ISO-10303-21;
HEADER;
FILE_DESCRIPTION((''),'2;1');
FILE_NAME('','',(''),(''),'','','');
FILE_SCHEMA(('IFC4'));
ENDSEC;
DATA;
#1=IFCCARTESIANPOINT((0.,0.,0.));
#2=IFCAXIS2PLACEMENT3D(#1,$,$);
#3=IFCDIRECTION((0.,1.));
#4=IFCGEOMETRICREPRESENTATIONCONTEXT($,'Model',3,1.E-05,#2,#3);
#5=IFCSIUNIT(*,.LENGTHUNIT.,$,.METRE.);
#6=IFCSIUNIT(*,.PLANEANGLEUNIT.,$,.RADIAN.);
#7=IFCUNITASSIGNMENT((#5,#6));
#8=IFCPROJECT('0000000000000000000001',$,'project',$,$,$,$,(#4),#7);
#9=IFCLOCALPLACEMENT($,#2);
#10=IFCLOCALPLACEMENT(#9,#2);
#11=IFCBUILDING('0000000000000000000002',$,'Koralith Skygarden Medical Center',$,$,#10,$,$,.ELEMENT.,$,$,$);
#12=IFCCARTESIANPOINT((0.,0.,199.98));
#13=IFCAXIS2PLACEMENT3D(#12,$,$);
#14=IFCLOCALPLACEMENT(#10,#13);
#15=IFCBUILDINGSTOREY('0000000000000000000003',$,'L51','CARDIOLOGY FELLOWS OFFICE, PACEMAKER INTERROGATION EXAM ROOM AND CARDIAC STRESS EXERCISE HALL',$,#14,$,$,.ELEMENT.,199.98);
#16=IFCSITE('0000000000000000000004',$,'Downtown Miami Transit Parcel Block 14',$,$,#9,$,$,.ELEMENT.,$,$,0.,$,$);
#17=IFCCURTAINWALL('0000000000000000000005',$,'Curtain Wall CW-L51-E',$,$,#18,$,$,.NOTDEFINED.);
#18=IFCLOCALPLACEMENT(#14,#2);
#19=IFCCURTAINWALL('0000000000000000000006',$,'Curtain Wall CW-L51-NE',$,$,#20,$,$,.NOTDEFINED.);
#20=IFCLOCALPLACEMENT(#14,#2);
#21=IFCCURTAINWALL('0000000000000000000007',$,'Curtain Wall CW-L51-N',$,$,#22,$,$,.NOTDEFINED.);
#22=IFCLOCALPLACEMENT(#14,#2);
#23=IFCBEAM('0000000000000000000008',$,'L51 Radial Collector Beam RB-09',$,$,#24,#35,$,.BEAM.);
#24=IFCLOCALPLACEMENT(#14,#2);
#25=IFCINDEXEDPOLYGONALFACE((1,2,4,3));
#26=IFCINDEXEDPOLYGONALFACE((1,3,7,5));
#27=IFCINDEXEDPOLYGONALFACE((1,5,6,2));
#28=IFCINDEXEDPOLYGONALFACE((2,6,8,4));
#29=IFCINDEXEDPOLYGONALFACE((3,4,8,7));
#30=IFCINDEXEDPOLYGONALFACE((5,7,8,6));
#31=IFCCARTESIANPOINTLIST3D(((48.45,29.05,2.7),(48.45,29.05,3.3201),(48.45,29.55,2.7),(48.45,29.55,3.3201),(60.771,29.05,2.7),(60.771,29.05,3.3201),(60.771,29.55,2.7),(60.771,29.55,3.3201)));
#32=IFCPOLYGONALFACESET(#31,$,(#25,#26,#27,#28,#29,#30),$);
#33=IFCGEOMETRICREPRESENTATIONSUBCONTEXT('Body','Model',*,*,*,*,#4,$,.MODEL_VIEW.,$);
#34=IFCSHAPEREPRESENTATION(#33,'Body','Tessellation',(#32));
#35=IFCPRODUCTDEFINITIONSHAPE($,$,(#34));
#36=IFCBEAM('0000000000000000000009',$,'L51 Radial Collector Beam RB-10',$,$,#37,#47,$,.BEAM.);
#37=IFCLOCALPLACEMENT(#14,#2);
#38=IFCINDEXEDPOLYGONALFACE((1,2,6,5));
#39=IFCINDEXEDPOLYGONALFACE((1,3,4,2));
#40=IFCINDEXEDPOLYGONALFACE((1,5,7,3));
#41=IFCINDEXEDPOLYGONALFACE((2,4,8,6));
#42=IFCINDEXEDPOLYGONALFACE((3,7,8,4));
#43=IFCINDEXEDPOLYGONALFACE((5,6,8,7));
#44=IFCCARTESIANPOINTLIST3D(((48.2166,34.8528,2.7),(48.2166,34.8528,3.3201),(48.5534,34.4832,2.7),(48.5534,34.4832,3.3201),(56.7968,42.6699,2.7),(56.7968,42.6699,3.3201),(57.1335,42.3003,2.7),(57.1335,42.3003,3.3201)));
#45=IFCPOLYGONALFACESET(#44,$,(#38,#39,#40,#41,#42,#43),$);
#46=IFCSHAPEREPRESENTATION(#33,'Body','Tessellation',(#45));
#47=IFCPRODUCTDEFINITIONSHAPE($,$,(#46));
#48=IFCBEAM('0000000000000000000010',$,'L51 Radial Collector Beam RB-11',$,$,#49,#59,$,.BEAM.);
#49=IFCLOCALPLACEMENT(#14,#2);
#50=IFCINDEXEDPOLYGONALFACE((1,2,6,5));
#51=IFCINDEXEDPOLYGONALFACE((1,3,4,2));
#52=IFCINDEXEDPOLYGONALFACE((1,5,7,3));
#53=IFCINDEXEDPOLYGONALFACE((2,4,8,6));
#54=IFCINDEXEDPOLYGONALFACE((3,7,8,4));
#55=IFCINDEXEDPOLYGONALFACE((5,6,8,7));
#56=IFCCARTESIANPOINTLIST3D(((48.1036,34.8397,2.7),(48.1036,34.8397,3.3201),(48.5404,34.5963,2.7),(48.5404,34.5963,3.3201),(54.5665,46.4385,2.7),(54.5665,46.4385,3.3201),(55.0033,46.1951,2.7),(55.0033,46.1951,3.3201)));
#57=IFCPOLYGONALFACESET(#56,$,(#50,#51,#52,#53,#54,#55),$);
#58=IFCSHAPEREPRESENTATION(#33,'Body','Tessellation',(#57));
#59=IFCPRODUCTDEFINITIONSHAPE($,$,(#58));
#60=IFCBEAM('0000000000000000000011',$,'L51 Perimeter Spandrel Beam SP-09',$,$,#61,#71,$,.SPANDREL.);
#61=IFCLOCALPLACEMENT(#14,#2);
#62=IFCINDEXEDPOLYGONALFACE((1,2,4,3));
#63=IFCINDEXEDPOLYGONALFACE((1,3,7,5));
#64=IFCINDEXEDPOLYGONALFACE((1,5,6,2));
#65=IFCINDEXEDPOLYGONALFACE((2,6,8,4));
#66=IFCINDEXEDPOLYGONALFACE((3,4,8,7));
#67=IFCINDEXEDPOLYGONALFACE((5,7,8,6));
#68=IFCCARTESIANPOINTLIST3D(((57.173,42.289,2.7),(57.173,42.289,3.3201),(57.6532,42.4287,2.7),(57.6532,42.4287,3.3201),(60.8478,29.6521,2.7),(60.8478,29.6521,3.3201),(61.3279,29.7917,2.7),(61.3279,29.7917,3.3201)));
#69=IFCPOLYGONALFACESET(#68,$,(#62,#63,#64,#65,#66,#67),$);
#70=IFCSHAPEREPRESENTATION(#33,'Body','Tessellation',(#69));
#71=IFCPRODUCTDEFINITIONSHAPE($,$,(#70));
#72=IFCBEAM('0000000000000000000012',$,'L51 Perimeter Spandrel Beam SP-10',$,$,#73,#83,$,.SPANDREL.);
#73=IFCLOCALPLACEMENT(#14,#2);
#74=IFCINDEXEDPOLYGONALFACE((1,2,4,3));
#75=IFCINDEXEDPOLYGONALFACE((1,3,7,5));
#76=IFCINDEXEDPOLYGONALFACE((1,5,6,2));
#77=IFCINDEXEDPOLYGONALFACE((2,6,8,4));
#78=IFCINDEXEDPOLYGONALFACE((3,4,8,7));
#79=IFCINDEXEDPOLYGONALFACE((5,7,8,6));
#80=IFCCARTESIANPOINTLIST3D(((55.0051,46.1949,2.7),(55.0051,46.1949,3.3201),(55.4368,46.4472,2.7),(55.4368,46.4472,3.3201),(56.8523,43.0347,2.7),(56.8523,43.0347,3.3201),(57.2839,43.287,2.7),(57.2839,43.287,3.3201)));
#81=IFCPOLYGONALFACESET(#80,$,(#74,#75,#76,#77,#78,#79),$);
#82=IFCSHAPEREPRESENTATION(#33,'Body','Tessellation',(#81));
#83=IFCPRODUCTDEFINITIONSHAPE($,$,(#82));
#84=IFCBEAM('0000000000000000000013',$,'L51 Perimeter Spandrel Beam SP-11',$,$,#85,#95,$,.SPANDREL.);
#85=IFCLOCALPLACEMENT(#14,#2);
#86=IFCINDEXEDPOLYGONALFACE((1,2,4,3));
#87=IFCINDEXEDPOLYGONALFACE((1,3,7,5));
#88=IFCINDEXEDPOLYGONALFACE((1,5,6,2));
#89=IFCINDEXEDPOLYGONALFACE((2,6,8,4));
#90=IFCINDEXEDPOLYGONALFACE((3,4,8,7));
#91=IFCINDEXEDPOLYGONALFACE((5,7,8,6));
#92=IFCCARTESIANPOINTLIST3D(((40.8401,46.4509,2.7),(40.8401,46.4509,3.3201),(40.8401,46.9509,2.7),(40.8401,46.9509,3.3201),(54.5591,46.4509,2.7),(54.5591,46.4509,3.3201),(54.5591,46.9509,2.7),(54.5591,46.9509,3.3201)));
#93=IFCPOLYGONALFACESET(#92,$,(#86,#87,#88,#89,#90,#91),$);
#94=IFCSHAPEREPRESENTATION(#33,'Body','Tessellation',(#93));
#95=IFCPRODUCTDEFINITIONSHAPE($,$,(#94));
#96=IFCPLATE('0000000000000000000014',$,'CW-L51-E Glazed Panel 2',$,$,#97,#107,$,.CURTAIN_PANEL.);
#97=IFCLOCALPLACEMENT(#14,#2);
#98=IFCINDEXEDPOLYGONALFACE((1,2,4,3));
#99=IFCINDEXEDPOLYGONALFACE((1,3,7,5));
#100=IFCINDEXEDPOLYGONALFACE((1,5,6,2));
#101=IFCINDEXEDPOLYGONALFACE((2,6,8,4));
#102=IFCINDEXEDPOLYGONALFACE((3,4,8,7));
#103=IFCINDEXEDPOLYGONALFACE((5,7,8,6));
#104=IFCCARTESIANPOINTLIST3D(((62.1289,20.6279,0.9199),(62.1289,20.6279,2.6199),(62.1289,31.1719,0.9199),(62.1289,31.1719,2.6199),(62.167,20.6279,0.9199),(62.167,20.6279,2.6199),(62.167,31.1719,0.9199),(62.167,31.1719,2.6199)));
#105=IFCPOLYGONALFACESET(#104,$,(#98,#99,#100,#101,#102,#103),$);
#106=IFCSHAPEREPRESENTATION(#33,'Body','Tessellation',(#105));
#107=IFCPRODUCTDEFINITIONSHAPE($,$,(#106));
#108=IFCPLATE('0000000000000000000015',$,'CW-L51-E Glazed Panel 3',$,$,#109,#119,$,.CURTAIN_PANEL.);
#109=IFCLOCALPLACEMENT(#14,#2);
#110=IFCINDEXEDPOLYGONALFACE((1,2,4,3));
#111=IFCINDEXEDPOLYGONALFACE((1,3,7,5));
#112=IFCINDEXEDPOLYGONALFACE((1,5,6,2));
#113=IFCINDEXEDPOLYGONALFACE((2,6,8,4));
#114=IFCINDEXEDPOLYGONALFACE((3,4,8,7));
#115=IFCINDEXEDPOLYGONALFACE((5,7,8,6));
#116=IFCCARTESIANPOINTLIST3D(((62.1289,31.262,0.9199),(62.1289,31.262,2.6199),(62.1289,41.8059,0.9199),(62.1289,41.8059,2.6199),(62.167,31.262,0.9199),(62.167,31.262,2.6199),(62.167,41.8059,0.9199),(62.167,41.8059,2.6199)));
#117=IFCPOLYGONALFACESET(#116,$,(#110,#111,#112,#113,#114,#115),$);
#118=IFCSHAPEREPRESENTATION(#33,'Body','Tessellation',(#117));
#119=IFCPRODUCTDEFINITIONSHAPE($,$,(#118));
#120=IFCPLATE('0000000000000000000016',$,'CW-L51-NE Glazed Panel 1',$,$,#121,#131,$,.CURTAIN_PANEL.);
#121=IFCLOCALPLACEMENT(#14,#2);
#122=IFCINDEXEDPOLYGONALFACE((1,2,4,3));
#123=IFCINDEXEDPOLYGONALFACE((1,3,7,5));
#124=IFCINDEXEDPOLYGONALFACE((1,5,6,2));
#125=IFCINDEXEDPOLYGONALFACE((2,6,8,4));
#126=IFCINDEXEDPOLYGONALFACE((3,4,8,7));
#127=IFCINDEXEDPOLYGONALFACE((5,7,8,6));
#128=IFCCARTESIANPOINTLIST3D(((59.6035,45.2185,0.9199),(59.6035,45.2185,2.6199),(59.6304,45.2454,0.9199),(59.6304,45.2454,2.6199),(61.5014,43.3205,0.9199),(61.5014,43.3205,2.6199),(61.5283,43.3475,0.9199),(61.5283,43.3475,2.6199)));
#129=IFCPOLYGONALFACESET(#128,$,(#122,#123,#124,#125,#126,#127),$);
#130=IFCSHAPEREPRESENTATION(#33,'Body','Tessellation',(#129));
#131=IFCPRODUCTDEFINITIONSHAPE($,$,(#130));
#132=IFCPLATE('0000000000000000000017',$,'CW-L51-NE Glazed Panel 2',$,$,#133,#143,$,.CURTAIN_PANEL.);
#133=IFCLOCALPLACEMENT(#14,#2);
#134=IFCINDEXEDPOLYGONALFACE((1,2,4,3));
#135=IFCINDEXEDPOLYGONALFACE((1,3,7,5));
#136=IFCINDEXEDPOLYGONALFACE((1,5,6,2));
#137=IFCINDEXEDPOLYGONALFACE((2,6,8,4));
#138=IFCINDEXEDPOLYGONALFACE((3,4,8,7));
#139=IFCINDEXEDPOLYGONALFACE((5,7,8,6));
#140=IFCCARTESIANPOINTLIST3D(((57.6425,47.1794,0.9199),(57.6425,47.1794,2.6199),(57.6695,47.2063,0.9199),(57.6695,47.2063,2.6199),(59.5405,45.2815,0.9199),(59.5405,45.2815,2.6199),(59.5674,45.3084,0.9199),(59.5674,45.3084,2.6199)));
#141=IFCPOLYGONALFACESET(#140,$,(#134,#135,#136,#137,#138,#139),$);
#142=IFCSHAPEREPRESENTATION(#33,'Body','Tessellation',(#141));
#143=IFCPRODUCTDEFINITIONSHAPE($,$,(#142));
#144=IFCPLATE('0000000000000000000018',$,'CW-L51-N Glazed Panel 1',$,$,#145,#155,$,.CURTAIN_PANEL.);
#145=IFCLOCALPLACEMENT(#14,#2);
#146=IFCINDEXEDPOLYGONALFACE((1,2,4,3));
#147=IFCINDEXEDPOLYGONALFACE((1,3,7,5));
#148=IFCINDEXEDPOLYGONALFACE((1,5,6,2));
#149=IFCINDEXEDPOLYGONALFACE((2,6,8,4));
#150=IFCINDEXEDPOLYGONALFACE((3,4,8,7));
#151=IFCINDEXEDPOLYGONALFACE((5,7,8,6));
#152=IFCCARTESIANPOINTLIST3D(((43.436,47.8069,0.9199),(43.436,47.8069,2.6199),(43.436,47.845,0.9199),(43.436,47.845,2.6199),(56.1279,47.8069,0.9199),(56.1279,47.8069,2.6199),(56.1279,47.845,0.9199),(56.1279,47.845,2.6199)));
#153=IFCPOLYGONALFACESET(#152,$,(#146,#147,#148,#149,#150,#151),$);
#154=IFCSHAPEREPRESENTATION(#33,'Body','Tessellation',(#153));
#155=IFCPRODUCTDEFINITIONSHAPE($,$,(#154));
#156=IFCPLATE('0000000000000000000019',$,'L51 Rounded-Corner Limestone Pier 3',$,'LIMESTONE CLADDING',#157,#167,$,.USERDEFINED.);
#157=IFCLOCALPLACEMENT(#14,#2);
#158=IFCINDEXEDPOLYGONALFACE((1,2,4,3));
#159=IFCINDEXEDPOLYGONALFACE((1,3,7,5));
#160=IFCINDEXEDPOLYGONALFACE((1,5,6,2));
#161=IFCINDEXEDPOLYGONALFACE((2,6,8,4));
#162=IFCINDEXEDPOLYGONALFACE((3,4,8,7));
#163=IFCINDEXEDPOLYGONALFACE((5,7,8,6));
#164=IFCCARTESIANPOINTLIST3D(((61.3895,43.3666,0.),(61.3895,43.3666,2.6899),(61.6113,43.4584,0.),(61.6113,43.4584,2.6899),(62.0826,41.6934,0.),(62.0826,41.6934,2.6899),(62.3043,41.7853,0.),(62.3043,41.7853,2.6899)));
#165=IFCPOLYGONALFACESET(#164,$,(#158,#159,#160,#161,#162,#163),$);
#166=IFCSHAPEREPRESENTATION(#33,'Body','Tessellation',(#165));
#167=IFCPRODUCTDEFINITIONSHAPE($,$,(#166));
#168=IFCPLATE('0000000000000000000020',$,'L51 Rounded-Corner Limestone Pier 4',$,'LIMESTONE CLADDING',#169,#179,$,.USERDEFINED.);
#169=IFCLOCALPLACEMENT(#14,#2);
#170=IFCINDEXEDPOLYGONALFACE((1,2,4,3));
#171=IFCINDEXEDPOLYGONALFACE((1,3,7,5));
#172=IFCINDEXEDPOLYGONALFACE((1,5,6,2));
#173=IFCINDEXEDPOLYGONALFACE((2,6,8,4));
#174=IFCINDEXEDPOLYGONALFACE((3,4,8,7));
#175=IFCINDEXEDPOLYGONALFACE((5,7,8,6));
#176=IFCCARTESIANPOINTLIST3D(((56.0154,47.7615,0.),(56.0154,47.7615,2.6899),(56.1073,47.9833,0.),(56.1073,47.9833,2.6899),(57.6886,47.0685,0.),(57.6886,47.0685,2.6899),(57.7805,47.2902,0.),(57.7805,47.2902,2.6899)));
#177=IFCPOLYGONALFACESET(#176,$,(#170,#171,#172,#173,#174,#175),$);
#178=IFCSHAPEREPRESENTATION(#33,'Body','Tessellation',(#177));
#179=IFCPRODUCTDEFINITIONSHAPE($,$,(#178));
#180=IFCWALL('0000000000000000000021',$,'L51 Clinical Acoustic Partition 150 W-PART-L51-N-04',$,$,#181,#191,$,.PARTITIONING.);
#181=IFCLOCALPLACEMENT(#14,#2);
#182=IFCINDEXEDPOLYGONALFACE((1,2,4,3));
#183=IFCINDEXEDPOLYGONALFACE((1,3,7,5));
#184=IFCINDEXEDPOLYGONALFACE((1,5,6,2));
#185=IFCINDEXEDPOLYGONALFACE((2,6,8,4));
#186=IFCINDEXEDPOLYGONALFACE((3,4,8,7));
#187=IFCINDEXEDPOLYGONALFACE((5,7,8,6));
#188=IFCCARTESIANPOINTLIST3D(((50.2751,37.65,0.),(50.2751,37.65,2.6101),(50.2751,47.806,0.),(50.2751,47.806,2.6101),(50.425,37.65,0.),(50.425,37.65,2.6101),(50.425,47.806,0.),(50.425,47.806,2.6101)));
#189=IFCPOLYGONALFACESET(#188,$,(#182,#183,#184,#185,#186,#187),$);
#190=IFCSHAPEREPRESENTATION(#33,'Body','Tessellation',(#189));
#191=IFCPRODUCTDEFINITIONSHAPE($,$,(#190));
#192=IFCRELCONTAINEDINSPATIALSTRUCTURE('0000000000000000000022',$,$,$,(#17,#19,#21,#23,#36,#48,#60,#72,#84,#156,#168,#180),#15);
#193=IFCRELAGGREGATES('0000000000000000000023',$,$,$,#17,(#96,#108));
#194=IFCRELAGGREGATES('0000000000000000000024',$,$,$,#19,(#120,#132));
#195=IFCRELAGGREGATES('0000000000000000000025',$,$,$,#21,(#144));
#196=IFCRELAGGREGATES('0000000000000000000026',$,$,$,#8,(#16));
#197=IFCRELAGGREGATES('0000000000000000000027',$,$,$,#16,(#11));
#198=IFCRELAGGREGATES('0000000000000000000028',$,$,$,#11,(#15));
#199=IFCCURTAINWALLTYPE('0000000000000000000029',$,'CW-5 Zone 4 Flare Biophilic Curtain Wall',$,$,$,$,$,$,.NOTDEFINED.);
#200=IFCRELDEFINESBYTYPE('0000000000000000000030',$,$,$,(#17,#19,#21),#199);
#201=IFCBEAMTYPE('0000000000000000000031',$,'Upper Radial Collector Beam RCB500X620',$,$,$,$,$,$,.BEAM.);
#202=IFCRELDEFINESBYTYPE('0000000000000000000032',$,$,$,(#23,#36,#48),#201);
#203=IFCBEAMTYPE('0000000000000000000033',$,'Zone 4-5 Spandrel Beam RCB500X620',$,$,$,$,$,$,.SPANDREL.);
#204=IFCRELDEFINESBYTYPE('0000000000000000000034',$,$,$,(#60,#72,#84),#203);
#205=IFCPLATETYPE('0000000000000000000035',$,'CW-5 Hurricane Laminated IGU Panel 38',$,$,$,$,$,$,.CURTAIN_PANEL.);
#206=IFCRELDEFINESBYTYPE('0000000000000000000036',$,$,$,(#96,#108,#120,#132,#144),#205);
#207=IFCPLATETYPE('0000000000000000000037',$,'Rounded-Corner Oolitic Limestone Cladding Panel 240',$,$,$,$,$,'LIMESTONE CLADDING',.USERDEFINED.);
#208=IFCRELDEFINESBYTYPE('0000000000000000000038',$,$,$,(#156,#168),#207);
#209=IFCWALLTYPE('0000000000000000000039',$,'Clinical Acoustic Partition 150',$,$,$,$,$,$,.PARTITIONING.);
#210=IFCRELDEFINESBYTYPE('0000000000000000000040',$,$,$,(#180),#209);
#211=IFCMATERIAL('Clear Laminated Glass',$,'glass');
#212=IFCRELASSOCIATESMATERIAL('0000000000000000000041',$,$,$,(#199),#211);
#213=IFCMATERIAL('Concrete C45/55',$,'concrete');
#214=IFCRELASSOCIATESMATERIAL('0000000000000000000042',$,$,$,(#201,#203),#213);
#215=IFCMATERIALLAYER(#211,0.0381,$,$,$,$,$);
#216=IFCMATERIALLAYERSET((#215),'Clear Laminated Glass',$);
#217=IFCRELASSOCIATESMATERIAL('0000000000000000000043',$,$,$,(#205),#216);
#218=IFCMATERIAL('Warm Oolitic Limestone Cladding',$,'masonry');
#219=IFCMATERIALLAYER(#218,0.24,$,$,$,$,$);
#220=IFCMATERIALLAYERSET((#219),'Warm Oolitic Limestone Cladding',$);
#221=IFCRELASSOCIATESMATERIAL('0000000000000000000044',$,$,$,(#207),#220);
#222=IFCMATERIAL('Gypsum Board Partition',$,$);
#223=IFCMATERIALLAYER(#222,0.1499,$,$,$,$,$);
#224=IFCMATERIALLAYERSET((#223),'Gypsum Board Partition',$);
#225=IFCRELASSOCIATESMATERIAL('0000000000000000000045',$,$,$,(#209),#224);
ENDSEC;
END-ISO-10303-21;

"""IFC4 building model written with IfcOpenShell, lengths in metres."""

from ifc_helpers import new_model, si_unit, direction, frame, frame_2d, origin, origin_2d, place, context, subcontext, project, spatial, rectangle, extrude, material, layer, layer_set, material_profile, profile_set, type_object, element, aggregate, save


model = new_model("IFC4")

# Units and contexts
model_context = context("Model", 3, precision=1e-05, world=origin(), true_north=direction((0.0, 1.0)))
body_context = subcontext(model_context, "Body", "Model", "MODEL_VIEW")
ifc_project = project(units=[si_unit("LENGTHUNIT", "METRE"), si_unit("PLANEANGLEUNIT", "RADIAN")], contexts=[model_context])

# Site, building, storey
site_placement = place(None, origin())
site = spatial("IfcSite", under=ifc_project, at=site_placement, Name="Downtown Miami Transit Parcel Block 14", CompositionType="ELEMENT", RefElevation=0.0)
building_placement = place(site_placement, origin())
building = spatial("IfcBuilding", under=site, at=building_placement, Name="Koralith Skygarden Medical Center", CompositionType="ELEMENT")
storey_placement = place(building_placement, frame((0.0, 0.0, 199.98)))
storey = spatial("IfcBuildingStorey", under=building, at=storey_placement, Name="L51", Description="CARDIOLOGY FELLOWS OFFICE, PACEMAKER INTERROGATION EXAM ROOM AND CARDIAC STRESS EXERCISE HALL", CompositionType="ELEMENT", Elevation=199.98)

# Curtain walls
ifc_material_1 = material(Name="Clear Laminated Glass", Category="glass")
curtain_wall_type = type_object("IfcCurtainWallType", Name="CW-5 Zone 4 Flare Biophilic Curtain Wall", PredefinedType="NOTDEFINED", material=ifc_material_1)
curtain_wall_1_placement = place(storey_placement, origin())
curtain_wall_1 = element("IfcCurtainWall", 1, at=curtain_wall_1_placement, inside=storey, type_object=curtain_wall_type, Name="Curtain Wall CW-L51-E", PredefinedType="NOTDEFINED")
curtain_wall_2_placement = place(storey_placement, origin())
curtain_wall_2 = element("IfcCurtainWall", 2, at=curtain_wall_2_placement, inside=storey, type_object=curtain_wall_type, Name="Curtain Wall CW-L51-NE", PredefinedType="NOTDEFINED")

# Curtain wall
curtain_wall_3_placement = place(storey_placement, origin())
curtain_wall_3 = element("IfcCurtainWall", 3, at=curtain_wall_3_placement, inside=storey, type_object=curtain_wall_type, Name="Curtain Wall CW-L51-N", PredefinedType="NOTDEFINED")

# Beams
ifc_material_2 = material(Name="Concrete C45/55", Category="concrete")
ifc_material_profile_1 = material_profile(ifc_material_2, rectangle(XDim=0.5, YDim=0.6201, at=origin_2d()), Name="RCB500X620")
ifc_profile_set_1 = profile_set([ifc_material_profile_1], Name="Concrete C45/55")
beam_type_1 = type_object("IfcBeamType", Name="Upper Radial Collector Beam RCB500X620", PredefinedType="BEAM", material=ifc_profile_set_1)
beam_1_placement = place(storey_placement, frame((48.45, 29.3, 3.01), z_axis=(1.0, 0.0, 0.0), x_axis=(0.0, 1.0, 0.0)))
element("IfcBeam", 4, at=beam_1_placement, inside=storey, type_object=beam_type_1, Name="L51 Radial Collector Beam RB-09", PredefinedType="BEAM", context=body_context, shape_type="SweptSolid", body=[
    extrude(rectangle(XDim=0.5, YDim=0.6201, at=origin_2d()), origin(), (0.0, 0.0, 1.0), 12.321),
])
beam_2_placement = place(storey_placement, frame((48.385, 34.668, 3.01), z_axis=(0.739208, 0.673477, 0.0), x_axis=(-0.673477, 0.739208, 0.0)))
element("IfcBeam", 5, at=beam_2_placement, inside=storey, type_object=beam_type_1, Name="L51 Radial Collector Beam RB-10", PredefinedType="BEAM", context=body_context, shape_type="SweptSolid", body=[
    extrude(rectangle(XDim=0.5, YDim=0.6201, at=origin_2d()), origin(), (0.0, 0.0, 1.0), 11.6072),
])
beam_3_placement = place(storey_placement, frame((48.322, 34.718, 3.01), z_axis=(0.48674, 0.873547, 0.0), x_axis=(-0.873547, 0.48674, 0.0)))
element("IfcBeam", 6, at=beam_3_placement, inside=storey, type_object=beam_type_1, Name="L51 Radial Collector Beam RB-11", PredefinedType="BEAM", context=body_context, shape_type="SweptSolid", body=[
    extrude(rectangle(XDim=0.5, YDim=0.6201, at=origin_2d()), origin(), (0.0, 0.0, 1.0), 13.2778),
])
ifc_material_profile_2 = material_profile(ifc_material_2, rectangle(XDim=0.5, YDim=0.6201, at=origin_2d()), Name="RCB500X620")
ifc_profile_set_2 = profile_set([ifc_material_profile_2], Name="Concrete C45/55")
beam_type_2 = type_object("IfcBeamType", Name="Zone 4-5 Spandrel Beam RCB500X620", PredefinedType="SPANDREL", material=ifc_profile_set_2)
beam_4_placement = place(storey_placement, frame((61.0879, 29.7219, 3.01), z_axis=(-0.279231, 0.960224, 0.0), x_axis=(-0.960224, -0.279231, 0.0)))
element("IfcBeam", 7, at=beam_4_placement, inside=storey, type_object=beam_type_2, Name="L51 Perimeter Spandrel Beam SP-09", PredefinedType="SPANDREL", context=body_context, shape_type="SweptSolid", body=[
    extrude(rectangle(XDim=0.5, YDim=0.6201, at=origin_2d()), origin(), (0.0, 0.0, 1.0), 13.1604),
])
beam_5_placement = place(storey_placement, frame((57.0681, 43.1609, 3.01), z_axis=(-0.504634, 0.863333, 0.0), x_axis=(-0.863333, -0.504634, 0.0)))
element("IfcBeam", 8, at=beam_5_placement, inside=storey, type_object=beam_type_2, Name="L51 Perimeter Spandrel Beam SP-10", PredefinedType="SPANDREL", context=body_context, shape_type="SweptSolid", body=[
    extrude(rectangle(XDim=0.5, YDim=0.6201, at=origin_2d()), origin(), (0.0, 0.0, 1.0), 3.6604),
])
beam_6_placement = place(storey_placement, frame((54.5591, 46.7009, 3.01), z_axis=(-1.0, 0.0, 0.0), x_axis=(0.0, -1.0, 0.0)))
element("IfcBeam", 9, at=beam_6_placement, inside=storey, type_object=beam_type_2, Name="L51 Perimeter Spandrel Beam SP-11", PredefinedType="SPANDREL", context=body_context, shape_type="SweptSolid", body=[
    extrude(rectangle(XDim=0.5, YDim=0.6201, at=origin_2d()), origin(), (0.0, 0.0, 1.0), 13.719),
])

# Plates
ifc_layer_1 = layer(ifc_material_1, 0.0381)
ifc_layer_set_1 = layer_set([ifc_layer_1], Name="Clear Laminated Glass")
plate_type_1 = type_object("IfcPlateType", Name="CW-5 Hurricane Laminated IGU Panel 38", PredefinedType="CURTAIN_PANEL", material=ifc_layer_set_1)
plate_1_placement = place(storey_placement, frame((62.1479, 25.8999, 0.9199), z_axis=(0.0, 0.0, 1.0), x_axis=(0.0, 1.0, 0.0)))
plate_1 = element("IfcPlate", 10, at=plate_1_placement, type_object=plate_type_1, Name="CW-L51-E Glazed Panel 2", PredefinedType="CURTAIN_PANEL", context=body_context, shape_type="SweptSolid", body=[
    extrude(rectangle(XDim=10.5439, YDim=0.0381, at=origin_2d()), origin(), (0.0, 0.0, 1.0), 1.7),
])
plate_2_placement = place(storey_placement, frame((62.1479, 36.5339, 0.9199), z_axis=(0.0, 0.0, 1.0), x_axis=(0.0, 1.0, 0.0)))
plate_2 = element("IfcPlate", 11, at=plate_2_placement, type_object=plate_type_1, Name="CW-L51-E Glazed Panel 3", PredefinedType="CURTAIN_PANEL", context=body_context, shape_type="SweptSolid", body=[
    extrude(rectangle(XDim=10.5439, YDim=0.0381, at=origin_2d()), origin(), (0.0, 0.0, 1.0), 1.7),
])
aggregate(curtain_wall_1, [plate_1, plate_2])
plate_3_placement = place(storey_placement, frame((60.5659, 44.283, 0.9199), z_axis=(0.0, 0.0, 1.0), x_axis=(-0.707107, 0.707107, 0.0)))
plate_3 = element("IfcPlate", 12, at=plate_3_placement, type_object=plate_type_1, Name="CW-L51-NE Glazed Panel 1", PredefinedType="CURTAIN_PANEL", context=body_context, shape_type="SweptSolid", body=[
    extrude(rectangle(XDim=2.6841, YDim=0.0381, at=origin_2d()), origin(), (0.0, 0.0, 1.0), 1.7),
])
plate_4_placement = place(storey_placement, frame((58.605, 46.2439, 0.9199), z_axis=(0.0, 0.0, 1.0), x_axis=(-0.707107, 0.707107, 0.0)))
plate_4 = element("IfcPlate", 13, at=plate_4_placement, type_object=plate_type_1, Name="CW-L51-NE Glazed Panel 2", PredefinedType="CURTAIN_PANEL", context=body_context, shape_type="SweptSolid", body=[
    extrude(rectangle(XDim=2.6841, YDim=0.0381, at=origin_2d()), origin(), (0.0, 0.0, 1.0), 1.7),
])
aggregate(curtain_wall_2, [plate_3, plate_4])
plate_5_placement = place(storey_placement, frame((49.782, 47.8259, 0.9199), z_axis=(0.0, 0.0, 1.0), x_axis=(-1.0, 0.0, 0.0)))
plate_5 = element("IfcPlate", 14, at=plate_5_placement, type_object=plate_type_1, Name="CW-L51-N Glazed Panel 1", PredefinedType="CURTAIN_PANEL", context=body_context, shape_type="SweptSolid", body=[
    extrude(rectangle(XDim=12.6919, YDim=0.0381, at=origin_2d()), origin(), (0.0, 0.0, 1.0), 1.7),
])
aggregate(curtain_wall_3, [plate_5])

# Plates
ifc_material_3 = material(Name="Warm Oolitic Limestone Cladding", Category="masonry")
ifc_layer_2 = layer(ifc_material_3, 0.24)
ifc_layer_set_2 = layer_set([ifc_layer_2], Name="Warm Oolitic Limestone Cladding")
plate_type_2 = type_object("IfcPlateType", Name="Rounded-Corner Oolitic Limestone Cladding Panel 240", ElementType="LIMESTONE CLADDING", PredefinedType="USERDEFINED", material=ifc_layer_set_2)
for number, where, z_axis, x_axis, name in (
    (15, (61.8469, 42.5759, 0.0), (0.0, 0.0, 1.0), (-0.382671, 0.923885, 0.0), "L51 Rounded-Corner Limestone Pier 3"),
    (16, (56.8979, 47.5259, 0.0), (0.0, 0.0, 1.0), (-0.923885, 0.382671, 0.0), "L51 Rounded-Corner Limestone Pier 4"),
):
    element("IfcPlate", number, at=place(storey_placement, frame(where, z_axis=z_axis, x_axis=x_axis)), inside=storey, type_object=plate_type_2, Name=name, ObjectType="LIMESTONE CLADDING", PredefinedType="USERDEFINED", context=body_context, shape_type="SweptSolid", body=[
        extrude(rectangle(XDim=1.811, YDim=0.24, at=origin_2d()), origin(), (0.0, 0.0, 1.0), 2.6899),
    ])

# Wall
ifc_material_4 = material(Name="Gypsum Board Partition")
ifc_layer_3 = layer(ifc_material_4, 0.1499)
ifc_layer_set_3 = layer_set([ifc_layer_3], Name="Gypsum Board Partition")
wall_type_1 = type_object("IfcWallType", Name="Clinical Acoustic Partition 150", PredefinedType="PARTITIONING", material=ifc_layer_set_3)
wall_1_placement = place(storey_placement, frame((50.3501, 37.6499, 0.0), z_axis=(0.0, 0.0, 1.0), x_axis=(0.0, 1.0, 0.0)))
element("IfcWall", 17, at=wall_1_placement, inside=storey, type_object=wall_type_1, Name="L51 Clinical Acoustic Partition 150 W-PART-L51-N-04", PredefinedType="PARTITIONING", context=body_context, shape_type="SweptSolid", body=[
    extrude(rectangle(XDim=10.156, YDim=0.1499, at=frame_2d((5.0781, 0.0))), origin(), (0.0, 0.0, 1.0), 2.6101),
])

save(model, "model.ifc")
